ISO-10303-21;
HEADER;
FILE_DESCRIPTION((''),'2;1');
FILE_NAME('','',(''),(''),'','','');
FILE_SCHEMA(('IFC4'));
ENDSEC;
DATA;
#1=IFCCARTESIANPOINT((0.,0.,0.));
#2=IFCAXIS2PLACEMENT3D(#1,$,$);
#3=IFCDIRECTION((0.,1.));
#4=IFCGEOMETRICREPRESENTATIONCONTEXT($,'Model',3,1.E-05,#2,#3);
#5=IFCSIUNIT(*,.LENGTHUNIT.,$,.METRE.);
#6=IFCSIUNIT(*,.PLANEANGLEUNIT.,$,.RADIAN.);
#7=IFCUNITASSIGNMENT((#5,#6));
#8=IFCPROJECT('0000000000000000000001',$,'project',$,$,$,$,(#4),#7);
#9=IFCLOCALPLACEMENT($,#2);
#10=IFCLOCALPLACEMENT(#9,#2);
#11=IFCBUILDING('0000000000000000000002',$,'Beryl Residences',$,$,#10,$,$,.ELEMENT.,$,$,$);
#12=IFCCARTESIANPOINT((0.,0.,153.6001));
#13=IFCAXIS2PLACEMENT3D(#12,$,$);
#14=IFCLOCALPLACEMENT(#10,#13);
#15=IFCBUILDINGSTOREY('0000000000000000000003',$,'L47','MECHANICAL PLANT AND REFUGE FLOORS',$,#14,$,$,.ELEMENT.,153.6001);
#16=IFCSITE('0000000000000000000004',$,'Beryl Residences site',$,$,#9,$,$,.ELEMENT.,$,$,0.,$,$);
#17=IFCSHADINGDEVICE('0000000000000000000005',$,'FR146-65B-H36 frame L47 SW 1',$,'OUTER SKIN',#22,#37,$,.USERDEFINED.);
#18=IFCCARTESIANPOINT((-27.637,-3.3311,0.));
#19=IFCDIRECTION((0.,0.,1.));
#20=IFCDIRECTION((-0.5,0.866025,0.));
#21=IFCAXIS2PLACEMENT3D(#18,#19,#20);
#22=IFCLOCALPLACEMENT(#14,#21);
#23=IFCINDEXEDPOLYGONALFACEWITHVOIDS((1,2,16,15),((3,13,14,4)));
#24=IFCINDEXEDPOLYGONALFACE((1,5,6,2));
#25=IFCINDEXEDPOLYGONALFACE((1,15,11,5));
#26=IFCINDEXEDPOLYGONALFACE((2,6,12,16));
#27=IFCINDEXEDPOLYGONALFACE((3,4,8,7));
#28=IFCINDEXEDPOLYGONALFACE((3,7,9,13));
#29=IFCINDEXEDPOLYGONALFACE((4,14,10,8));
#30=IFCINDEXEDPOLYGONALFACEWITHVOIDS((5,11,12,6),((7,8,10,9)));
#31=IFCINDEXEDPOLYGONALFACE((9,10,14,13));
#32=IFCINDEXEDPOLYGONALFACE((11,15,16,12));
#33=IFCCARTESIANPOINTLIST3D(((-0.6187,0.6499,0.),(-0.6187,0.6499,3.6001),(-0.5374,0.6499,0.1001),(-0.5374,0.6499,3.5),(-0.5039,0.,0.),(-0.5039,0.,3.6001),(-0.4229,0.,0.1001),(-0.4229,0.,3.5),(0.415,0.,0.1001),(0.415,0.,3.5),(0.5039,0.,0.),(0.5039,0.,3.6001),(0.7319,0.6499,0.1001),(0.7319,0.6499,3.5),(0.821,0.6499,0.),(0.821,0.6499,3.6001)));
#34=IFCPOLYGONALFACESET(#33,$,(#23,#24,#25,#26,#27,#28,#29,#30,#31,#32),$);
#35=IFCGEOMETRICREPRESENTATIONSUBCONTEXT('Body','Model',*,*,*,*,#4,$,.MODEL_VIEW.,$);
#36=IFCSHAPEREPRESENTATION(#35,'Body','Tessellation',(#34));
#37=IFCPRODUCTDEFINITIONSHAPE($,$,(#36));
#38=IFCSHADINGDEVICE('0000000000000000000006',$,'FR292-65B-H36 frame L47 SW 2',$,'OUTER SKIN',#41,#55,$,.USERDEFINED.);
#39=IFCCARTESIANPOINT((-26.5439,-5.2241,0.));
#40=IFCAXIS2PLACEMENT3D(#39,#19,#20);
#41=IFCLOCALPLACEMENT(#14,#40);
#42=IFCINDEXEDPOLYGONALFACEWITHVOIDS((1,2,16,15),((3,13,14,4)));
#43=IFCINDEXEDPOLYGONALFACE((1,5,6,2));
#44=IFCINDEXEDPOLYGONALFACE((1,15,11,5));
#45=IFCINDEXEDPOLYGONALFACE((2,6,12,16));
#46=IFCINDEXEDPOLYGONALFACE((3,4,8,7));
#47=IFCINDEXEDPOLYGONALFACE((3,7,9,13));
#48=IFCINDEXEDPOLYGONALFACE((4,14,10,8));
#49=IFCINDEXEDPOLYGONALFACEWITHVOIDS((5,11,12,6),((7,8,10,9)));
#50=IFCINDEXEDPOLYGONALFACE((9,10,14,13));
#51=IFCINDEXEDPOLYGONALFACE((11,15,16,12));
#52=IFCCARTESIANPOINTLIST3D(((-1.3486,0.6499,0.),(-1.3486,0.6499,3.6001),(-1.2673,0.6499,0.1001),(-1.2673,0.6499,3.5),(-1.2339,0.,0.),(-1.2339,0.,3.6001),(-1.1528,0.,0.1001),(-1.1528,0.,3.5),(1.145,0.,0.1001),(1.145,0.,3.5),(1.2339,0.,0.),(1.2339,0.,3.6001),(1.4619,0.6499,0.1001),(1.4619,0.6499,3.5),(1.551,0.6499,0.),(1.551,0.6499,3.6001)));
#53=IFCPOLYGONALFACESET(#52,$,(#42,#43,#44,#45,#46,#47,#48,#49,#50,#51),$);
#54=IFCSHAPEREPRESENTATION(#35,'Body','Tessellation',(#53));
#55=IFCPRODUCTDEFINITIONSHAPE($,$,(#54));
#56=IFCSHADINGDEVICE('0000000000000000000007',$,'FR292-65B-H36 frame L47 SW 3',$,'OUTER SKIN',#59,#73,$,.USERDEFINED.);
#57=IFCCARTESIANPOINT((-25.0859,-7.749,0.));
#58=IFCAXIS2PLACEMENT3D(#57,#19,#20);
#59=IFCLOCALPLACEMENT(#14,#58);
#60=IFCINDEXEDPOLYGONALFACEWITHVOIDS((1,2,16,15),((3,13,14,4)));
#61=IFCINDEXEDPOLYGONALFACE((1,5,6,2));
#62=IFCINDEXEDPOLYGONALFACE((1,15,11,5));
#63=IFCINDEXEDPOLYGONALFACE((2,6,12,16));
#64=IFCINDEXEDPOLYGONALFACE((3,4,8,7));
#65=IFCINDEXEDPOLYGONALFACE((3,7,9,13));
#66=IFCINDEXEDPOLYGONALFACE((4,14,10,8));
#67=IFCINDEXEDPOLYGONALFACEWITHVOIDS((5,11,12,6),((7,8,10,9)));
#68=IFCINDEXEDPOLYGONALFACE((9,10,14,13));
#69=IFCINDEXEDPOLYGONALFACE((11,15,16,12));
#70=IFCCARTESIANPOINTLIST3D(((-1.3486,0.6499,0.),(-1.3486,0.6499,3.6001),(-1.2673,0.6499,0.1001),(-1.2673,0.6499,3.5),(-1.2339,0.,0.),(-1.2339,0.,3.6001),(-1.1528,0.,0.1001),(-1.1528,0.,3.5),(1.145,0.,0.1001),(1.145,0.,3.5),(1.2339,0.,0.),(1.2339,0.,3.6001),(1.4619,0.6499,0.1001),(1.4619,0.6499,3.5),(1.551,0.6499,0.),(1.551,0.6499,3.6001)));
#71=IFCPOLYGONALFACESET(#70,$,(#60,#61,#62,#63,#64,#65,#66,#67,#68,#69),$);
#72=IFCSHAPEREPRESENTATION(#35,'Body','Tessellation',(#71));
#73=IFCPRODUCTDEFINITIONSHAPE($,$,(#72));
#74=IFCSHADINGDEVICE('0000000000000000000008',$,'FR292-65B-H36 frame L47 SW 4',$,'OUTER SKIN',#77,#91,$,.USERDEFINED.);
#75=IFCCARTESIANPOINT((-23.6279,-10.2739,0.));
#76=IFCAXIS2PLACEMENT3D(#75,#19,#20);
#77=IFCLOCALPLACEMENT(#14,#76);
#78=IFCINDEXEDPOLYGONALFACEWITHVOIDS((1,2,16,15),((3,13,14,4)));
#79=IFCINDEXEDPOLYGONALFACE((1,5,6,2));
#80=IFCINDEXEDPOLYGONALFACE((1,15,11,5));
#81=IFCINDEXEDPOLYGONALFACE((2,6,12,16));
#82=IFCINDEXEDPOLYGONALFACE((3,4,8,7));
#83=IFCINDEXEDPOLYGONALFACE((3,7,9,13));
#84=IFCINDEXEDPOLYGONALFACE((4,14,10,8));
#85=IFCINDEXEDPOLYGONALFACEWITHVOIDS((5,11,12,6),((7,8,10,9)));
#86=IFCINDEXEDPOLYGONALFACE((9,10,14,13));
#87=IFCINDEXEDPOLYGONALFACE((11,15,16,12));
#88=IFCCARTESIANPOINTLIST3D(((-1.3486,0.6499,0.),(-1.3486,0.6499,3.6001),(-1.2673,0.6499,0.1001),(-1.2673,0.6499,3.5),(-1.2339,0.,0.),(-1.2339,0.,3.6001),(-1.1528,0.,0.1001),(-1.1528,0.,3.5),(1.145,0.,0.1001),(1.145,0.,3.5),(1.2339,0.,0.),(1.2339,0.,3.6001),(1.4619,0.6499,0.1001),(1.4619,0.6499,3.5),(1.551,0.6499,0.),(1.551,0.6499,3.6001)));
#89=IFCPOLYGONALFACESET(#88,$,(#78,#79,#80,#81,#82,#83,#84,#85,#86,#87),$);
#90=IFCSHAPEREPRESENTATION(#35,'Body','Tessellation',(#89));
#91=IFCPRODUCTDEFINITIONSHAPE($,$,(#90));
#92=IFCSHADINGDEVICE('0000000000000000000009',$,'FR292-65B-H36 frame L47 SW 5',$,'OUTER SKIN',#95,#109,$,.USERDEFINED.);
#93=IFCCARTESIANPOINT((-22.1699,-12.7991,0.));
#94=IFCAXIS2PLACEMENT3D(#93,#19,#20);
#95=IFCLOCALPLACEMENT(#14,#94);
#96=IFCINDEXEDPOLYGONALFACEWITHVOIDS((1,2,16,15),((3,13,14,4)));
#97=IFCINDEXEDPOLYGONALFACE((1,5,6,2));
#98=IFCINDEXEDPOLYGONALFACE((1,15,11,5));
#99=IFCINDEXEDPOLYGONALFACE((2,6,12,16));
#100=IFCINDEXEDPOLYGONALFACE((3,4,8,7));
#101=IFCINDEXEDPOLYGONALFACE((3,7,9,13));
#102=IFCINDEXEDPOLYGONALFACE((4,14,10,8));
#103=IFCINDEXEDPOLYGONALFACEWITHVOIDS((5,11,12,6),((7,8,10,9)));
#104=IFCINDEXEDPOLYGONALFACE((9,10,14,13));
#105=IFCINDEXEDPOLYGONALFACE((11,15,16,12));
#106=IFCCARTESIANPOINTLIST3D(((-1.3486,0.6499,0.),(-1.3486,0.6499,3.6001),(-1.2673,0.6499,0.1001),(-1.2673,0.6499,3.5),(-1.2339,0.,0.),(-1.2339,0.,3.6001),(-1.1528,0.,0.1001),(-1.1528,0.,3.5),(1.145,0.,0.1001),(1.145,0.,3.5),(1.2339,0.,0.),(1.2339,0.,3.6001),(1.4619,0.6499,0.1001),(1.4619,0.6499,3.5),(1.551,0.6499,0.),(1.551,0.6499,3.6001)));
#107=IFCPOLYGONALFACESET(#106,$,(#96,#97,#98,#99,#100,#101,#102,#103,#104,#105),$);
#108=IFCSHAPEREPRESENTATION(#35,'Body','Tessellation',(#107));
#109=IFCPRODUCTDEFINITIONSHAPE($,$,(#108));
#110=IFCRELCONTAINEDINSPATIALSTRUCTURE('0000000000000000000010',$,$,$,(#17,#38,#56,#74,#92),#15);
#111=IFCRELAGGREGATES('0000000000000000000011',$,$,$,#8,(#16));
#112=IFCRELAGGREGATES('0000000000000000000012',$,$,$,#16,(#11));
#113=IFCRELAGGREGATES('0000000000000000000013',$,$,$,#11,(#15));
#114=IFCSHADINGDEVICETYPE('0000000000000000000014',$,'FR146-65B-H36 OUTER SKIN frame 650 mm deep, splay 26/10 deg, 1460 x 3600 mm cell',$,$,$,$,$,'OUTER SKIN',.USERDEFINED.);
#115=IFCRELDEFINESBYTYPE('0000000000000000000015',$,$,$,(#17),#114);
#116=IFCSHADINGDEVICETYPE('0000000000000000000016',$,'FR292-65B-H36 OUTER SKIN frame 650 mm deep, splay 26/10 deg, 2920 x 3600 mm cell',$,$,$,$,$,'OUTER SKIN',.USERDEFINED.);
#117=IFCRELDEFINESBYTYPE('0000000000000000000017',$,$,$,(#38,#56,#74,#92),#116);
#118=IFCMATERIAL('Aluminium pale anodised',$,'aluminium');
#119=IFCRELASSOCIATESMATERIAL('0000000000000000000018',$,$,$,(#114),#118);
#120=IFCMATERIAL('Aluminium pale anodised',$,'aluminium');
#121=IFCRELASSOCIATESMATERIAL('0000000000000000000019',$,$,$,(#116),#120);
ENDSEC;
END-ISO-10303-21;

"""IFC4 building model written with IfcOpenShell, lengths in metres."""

from ifc_helpers import new_model, entity, si_unit, direction, frame, origin, place, context, subcontext, project, spatial, source, transform, mapped, material, type_object, type_shapes, element, save


model = new_model("IFC4")

# Units and contexts
model_context = context("Model", 3, precision=1e-05, world=origin(), true_north=direction((0.0, 1.0)))
body_context = subcontext(model_context, "Body", "Model", "MODEL_VIEW")
ifc_project = project(units=[si_unit("LENGTHUNIT", "METRE"), si_unit("PLANEANGLEUNIT", "RADIAN")], contexts=[model_context])

# Site, building, storey
site_placement = place(None, origin())
site = spatial("IfcSite", under=ifc_project, at=site_placement, Name="Beryl Residences site", CompositionType="ELEMENT", RefElevation=0.0)
building_placement = place(site_placement, origin())
building = spatial("IfcBuilding", under=site, at=building_placement, Name="Beryl Residences", CompositionType="ELEMENT")
storey_placement = place(building_placement, frame((0.0, 0.0, 153.6001)))
storey = spatial("IfcBuildingStorey", under=building, at=storey_placement, Name="L47", Description="MECHANICAL PLANT AND REFUGE FLOORS", CompositionType="ELEMENT", Elevation=153.6001)

# Shading devices
ifc_material_1 = material(Name="Aluminium pale anodised", Category="aluminium")
shading_device_type_1 = type_object("IfcShadingDeviceType", Name="FR146-65B-H36 OUTER SKIN frame 650 mm deep, splay 26/10 deg, 1460 x 3600 mm cell", ElementType="OUTER SKIN", PredefinedType="USERDEFINED", material=ifc_material_1)
cartesian_point_1 = entity("IfcCartesianPoint", [-0.5039, 0.0])
cartesian_point_2 = entity("IfcCartesianPoint", [-0.415, 0.1001])
cartesian_point_3 = entity("IfcCartesianPoint", [-0.821, 0.0])
cartesian_point_4 = entity("IfcCartesianPoint", [-0.7319, 0.1001])
shared_shape_1 = source(origin(), body_context, "Body", "SweptSolid", [
    entity("IfcExtrudedAreaSolidTapered", entity("IfcArbitraryProfileDefWithVoids", "AREA", None, entity("IfcPolyline", [cartesian_point_1, entity("IfcCartesianPoint", [0.5039, 0.0]), entity("IfcCartesianPoint", [0.5039, 3.6001]), entity("IfcCartesianPoint", [-0.5039, 3.6001]), cartesian_point_1]), [entity("IfcPolyline", [cartesian_point_2, entity("IfcCartesianPoint", [0.4229, 0.1001]), entity("IfcCartesianPoint", [0.4229, 3.5]), entity("IfcCartesianPoint", [-0.415, 3.5]), cartesian_point_2])]), entity("IfcAxis2Placement3D", entity("IfcCartesianPoint", [0.0, 0.0, 0.0]), entity("IfcDirection", [0.0, 1.0, 0.0]), entity("IfcDirection", [-1.0, 0.0, 0.0])), entity("IfcDirection", [0.0, 0.0, 1.0]), 0.6499, entity("IfcArbitraryProfileDefWithVoids", "AREA", None, entity("IfcPolyline", [cartesian_point_3, entity("IfcCartesianPoint", [0.6187, 0.0]), entity("IfcCartesianPoint", [0.6187, 3.6001]), entity("IfcCartesianPoint", [-0.821, 3.6001]), cartesian_point_3]), [entity("IfcPolyline", [cartesian_point_4, entity("IfcCartesianPoint", [0.5374, 0.1001]), entity("IfcCartesianPoint", [0.5374, 3.5]), entity("IfcCartesianPoint", [-0.7319, 3.5]), cartesian_point_4])])),
])
type_shapes(shading_device_type_1, [shared_shape_1])
shading_device_placement = place(storey_placement, frame((-27.637, -3.3311, 0.0), z_axis=(0.0, 0.0, 1.0), x_axis=(-0.5, 0.866025, 0.0)))
element("IfcShadingDevice", 1, at=shading_device_placement, inside=storey, type_object=shading_device_type_1, Name="FR146-65B-H36 frame L47 SW 1", ObjectType="OUTER SKIN", PredefinedType="USERDEFINED", context=body_context, shape_type="MappedRepresentation", body=[
    mapped(shared_shape_1, transform((0.0, 0.0, 0.0))),
])
ifc_material_2 = material(Name="Aluminium pale anodised", Category="aluminium")
shading_device_type_2 = type_object("IfcShadingDeviceType", Name="FR292-65B-H36 OUTER SKIN frame 650 mm deep, splay 26/10 deg, 2920 x 3600 mm cell", ElementType="OUTER SKIN", PredefinedType="USERDEFINED", material=ifc_material_2)
cartesian_point_5 = entity("IfcCartesianPoint", [-1.2339, 0.0])
cartesian_point_6 = entity("IfcCartesianPoint", [-1.145, 0.1001])
cartesian_point_7 = entity("IfcCartesianPoint", [-1.551, 0.0])
cartesian_point_8 = entity("IfcCartesianPoint", [-1.4619, 0.1001])
shared_shape_2 = source(origin(), body_context, "Body", "SweptSolid", [
    entity("IfcExtrudedAreaSolidTapered", entity("IfcArbitraryProfileDefWithVoids", "AREA", None, entity("IfcPolyline", [cartesian_point_5, entity("IfcCartesianPoint", [1.2339, 0.0]), entity("IfcCartesianPoint", [1.2339, 3.6001]), entity("IfcCartesianPoint", [-1.2339, 3.6001]), cartesian_point_5]), [entity("IfcPolyline", [cartesian_point_6, entity("IfcCartesianPoint", [1.1528, 0.1001]), entity("IfcCartesianPoint", [1.1528, 3.5]), entity("IfcCartesianPoint", [-1.145, 3.5]), cartesian_point_6])]), entity("IfcAxis2Placement3D", entity("IfcCartesianPoint", [0.0, 0.0, 0.0]), entity("IfcDirection", [0.0, 1.0, 0.0]), entity("IfcDirection", [-1.0, 0.0, 0.0])), entity("IfcDirection", [0.0, 0.0, 1.0]), 0.6499, entity("IfcArbitraryProfileDefWithVoids", "AREA", None, entity("IfcPolyline", [cartesian_point_7, entity("IfcCartesianPoint", [1.3486, 0.0]), entity("IfcCartesianPoint", [1.3486, 3.6001]), entity("IfcCartesianPoint", [-1.551, 3.6001]), cartesian_point_7]), [entity("IfcPolyline", [cartesian_point_8, entity("IfcCartesianPoint", [1.2673, 0.1001]), entity("IfcCartesianPoint", [1.2673, 3.5]), entity("IfcCartesianPoint", [-1.4619, 3.5]), cartesian_point_8])])),
])
type_shapes(shading_device_type_2, [shared_shape_2])
for number, where, z_axis, x_axis, name in (
    (2, (-26.5439, -5.2241, 0.0), (0.0, 0.0, 1.0), (-0.5, 0.866025, 0.0), "FR292-65B-H36 frame L47 SW 2"),
    (3, (-25.0859, -7.749, 0.0), (0.0, 0.0, 1.0), (-0.5, 0.866025, 0.0), "FR292-65B-H36 frame L47 SW 3"),
    (4, (-23.6279, -10.2739, 0.0), (0.0, 0.0, 1.0), (-0.5, 0.866025, 0.0), "FR292-65B-H36 frame L47 SW 4"),
    (5, (-22.1699, -12.7991, 0.0), (0.0, 0.0, 1.0), (-0.5, 0.866025, 0.0), "FR292-65B-H36 frame L47 SW 5"),
):
    element("IfcShadingDevice", number, at=place(storey_placement, frame(where, z_axis=z_axis, x_axis=x_axis)), inside=storey, type_object=shading_device_type_2, Name=name, ObjectType="OUTER SKIN", PredefinedType="USERDEFINED", context=body_context, shape_type="MappedRepresentation", body=[
        mapped(shared_shape_2, transform((0.0, 0.0, 0.0))),
    ])

save(model, "model.ifc")
